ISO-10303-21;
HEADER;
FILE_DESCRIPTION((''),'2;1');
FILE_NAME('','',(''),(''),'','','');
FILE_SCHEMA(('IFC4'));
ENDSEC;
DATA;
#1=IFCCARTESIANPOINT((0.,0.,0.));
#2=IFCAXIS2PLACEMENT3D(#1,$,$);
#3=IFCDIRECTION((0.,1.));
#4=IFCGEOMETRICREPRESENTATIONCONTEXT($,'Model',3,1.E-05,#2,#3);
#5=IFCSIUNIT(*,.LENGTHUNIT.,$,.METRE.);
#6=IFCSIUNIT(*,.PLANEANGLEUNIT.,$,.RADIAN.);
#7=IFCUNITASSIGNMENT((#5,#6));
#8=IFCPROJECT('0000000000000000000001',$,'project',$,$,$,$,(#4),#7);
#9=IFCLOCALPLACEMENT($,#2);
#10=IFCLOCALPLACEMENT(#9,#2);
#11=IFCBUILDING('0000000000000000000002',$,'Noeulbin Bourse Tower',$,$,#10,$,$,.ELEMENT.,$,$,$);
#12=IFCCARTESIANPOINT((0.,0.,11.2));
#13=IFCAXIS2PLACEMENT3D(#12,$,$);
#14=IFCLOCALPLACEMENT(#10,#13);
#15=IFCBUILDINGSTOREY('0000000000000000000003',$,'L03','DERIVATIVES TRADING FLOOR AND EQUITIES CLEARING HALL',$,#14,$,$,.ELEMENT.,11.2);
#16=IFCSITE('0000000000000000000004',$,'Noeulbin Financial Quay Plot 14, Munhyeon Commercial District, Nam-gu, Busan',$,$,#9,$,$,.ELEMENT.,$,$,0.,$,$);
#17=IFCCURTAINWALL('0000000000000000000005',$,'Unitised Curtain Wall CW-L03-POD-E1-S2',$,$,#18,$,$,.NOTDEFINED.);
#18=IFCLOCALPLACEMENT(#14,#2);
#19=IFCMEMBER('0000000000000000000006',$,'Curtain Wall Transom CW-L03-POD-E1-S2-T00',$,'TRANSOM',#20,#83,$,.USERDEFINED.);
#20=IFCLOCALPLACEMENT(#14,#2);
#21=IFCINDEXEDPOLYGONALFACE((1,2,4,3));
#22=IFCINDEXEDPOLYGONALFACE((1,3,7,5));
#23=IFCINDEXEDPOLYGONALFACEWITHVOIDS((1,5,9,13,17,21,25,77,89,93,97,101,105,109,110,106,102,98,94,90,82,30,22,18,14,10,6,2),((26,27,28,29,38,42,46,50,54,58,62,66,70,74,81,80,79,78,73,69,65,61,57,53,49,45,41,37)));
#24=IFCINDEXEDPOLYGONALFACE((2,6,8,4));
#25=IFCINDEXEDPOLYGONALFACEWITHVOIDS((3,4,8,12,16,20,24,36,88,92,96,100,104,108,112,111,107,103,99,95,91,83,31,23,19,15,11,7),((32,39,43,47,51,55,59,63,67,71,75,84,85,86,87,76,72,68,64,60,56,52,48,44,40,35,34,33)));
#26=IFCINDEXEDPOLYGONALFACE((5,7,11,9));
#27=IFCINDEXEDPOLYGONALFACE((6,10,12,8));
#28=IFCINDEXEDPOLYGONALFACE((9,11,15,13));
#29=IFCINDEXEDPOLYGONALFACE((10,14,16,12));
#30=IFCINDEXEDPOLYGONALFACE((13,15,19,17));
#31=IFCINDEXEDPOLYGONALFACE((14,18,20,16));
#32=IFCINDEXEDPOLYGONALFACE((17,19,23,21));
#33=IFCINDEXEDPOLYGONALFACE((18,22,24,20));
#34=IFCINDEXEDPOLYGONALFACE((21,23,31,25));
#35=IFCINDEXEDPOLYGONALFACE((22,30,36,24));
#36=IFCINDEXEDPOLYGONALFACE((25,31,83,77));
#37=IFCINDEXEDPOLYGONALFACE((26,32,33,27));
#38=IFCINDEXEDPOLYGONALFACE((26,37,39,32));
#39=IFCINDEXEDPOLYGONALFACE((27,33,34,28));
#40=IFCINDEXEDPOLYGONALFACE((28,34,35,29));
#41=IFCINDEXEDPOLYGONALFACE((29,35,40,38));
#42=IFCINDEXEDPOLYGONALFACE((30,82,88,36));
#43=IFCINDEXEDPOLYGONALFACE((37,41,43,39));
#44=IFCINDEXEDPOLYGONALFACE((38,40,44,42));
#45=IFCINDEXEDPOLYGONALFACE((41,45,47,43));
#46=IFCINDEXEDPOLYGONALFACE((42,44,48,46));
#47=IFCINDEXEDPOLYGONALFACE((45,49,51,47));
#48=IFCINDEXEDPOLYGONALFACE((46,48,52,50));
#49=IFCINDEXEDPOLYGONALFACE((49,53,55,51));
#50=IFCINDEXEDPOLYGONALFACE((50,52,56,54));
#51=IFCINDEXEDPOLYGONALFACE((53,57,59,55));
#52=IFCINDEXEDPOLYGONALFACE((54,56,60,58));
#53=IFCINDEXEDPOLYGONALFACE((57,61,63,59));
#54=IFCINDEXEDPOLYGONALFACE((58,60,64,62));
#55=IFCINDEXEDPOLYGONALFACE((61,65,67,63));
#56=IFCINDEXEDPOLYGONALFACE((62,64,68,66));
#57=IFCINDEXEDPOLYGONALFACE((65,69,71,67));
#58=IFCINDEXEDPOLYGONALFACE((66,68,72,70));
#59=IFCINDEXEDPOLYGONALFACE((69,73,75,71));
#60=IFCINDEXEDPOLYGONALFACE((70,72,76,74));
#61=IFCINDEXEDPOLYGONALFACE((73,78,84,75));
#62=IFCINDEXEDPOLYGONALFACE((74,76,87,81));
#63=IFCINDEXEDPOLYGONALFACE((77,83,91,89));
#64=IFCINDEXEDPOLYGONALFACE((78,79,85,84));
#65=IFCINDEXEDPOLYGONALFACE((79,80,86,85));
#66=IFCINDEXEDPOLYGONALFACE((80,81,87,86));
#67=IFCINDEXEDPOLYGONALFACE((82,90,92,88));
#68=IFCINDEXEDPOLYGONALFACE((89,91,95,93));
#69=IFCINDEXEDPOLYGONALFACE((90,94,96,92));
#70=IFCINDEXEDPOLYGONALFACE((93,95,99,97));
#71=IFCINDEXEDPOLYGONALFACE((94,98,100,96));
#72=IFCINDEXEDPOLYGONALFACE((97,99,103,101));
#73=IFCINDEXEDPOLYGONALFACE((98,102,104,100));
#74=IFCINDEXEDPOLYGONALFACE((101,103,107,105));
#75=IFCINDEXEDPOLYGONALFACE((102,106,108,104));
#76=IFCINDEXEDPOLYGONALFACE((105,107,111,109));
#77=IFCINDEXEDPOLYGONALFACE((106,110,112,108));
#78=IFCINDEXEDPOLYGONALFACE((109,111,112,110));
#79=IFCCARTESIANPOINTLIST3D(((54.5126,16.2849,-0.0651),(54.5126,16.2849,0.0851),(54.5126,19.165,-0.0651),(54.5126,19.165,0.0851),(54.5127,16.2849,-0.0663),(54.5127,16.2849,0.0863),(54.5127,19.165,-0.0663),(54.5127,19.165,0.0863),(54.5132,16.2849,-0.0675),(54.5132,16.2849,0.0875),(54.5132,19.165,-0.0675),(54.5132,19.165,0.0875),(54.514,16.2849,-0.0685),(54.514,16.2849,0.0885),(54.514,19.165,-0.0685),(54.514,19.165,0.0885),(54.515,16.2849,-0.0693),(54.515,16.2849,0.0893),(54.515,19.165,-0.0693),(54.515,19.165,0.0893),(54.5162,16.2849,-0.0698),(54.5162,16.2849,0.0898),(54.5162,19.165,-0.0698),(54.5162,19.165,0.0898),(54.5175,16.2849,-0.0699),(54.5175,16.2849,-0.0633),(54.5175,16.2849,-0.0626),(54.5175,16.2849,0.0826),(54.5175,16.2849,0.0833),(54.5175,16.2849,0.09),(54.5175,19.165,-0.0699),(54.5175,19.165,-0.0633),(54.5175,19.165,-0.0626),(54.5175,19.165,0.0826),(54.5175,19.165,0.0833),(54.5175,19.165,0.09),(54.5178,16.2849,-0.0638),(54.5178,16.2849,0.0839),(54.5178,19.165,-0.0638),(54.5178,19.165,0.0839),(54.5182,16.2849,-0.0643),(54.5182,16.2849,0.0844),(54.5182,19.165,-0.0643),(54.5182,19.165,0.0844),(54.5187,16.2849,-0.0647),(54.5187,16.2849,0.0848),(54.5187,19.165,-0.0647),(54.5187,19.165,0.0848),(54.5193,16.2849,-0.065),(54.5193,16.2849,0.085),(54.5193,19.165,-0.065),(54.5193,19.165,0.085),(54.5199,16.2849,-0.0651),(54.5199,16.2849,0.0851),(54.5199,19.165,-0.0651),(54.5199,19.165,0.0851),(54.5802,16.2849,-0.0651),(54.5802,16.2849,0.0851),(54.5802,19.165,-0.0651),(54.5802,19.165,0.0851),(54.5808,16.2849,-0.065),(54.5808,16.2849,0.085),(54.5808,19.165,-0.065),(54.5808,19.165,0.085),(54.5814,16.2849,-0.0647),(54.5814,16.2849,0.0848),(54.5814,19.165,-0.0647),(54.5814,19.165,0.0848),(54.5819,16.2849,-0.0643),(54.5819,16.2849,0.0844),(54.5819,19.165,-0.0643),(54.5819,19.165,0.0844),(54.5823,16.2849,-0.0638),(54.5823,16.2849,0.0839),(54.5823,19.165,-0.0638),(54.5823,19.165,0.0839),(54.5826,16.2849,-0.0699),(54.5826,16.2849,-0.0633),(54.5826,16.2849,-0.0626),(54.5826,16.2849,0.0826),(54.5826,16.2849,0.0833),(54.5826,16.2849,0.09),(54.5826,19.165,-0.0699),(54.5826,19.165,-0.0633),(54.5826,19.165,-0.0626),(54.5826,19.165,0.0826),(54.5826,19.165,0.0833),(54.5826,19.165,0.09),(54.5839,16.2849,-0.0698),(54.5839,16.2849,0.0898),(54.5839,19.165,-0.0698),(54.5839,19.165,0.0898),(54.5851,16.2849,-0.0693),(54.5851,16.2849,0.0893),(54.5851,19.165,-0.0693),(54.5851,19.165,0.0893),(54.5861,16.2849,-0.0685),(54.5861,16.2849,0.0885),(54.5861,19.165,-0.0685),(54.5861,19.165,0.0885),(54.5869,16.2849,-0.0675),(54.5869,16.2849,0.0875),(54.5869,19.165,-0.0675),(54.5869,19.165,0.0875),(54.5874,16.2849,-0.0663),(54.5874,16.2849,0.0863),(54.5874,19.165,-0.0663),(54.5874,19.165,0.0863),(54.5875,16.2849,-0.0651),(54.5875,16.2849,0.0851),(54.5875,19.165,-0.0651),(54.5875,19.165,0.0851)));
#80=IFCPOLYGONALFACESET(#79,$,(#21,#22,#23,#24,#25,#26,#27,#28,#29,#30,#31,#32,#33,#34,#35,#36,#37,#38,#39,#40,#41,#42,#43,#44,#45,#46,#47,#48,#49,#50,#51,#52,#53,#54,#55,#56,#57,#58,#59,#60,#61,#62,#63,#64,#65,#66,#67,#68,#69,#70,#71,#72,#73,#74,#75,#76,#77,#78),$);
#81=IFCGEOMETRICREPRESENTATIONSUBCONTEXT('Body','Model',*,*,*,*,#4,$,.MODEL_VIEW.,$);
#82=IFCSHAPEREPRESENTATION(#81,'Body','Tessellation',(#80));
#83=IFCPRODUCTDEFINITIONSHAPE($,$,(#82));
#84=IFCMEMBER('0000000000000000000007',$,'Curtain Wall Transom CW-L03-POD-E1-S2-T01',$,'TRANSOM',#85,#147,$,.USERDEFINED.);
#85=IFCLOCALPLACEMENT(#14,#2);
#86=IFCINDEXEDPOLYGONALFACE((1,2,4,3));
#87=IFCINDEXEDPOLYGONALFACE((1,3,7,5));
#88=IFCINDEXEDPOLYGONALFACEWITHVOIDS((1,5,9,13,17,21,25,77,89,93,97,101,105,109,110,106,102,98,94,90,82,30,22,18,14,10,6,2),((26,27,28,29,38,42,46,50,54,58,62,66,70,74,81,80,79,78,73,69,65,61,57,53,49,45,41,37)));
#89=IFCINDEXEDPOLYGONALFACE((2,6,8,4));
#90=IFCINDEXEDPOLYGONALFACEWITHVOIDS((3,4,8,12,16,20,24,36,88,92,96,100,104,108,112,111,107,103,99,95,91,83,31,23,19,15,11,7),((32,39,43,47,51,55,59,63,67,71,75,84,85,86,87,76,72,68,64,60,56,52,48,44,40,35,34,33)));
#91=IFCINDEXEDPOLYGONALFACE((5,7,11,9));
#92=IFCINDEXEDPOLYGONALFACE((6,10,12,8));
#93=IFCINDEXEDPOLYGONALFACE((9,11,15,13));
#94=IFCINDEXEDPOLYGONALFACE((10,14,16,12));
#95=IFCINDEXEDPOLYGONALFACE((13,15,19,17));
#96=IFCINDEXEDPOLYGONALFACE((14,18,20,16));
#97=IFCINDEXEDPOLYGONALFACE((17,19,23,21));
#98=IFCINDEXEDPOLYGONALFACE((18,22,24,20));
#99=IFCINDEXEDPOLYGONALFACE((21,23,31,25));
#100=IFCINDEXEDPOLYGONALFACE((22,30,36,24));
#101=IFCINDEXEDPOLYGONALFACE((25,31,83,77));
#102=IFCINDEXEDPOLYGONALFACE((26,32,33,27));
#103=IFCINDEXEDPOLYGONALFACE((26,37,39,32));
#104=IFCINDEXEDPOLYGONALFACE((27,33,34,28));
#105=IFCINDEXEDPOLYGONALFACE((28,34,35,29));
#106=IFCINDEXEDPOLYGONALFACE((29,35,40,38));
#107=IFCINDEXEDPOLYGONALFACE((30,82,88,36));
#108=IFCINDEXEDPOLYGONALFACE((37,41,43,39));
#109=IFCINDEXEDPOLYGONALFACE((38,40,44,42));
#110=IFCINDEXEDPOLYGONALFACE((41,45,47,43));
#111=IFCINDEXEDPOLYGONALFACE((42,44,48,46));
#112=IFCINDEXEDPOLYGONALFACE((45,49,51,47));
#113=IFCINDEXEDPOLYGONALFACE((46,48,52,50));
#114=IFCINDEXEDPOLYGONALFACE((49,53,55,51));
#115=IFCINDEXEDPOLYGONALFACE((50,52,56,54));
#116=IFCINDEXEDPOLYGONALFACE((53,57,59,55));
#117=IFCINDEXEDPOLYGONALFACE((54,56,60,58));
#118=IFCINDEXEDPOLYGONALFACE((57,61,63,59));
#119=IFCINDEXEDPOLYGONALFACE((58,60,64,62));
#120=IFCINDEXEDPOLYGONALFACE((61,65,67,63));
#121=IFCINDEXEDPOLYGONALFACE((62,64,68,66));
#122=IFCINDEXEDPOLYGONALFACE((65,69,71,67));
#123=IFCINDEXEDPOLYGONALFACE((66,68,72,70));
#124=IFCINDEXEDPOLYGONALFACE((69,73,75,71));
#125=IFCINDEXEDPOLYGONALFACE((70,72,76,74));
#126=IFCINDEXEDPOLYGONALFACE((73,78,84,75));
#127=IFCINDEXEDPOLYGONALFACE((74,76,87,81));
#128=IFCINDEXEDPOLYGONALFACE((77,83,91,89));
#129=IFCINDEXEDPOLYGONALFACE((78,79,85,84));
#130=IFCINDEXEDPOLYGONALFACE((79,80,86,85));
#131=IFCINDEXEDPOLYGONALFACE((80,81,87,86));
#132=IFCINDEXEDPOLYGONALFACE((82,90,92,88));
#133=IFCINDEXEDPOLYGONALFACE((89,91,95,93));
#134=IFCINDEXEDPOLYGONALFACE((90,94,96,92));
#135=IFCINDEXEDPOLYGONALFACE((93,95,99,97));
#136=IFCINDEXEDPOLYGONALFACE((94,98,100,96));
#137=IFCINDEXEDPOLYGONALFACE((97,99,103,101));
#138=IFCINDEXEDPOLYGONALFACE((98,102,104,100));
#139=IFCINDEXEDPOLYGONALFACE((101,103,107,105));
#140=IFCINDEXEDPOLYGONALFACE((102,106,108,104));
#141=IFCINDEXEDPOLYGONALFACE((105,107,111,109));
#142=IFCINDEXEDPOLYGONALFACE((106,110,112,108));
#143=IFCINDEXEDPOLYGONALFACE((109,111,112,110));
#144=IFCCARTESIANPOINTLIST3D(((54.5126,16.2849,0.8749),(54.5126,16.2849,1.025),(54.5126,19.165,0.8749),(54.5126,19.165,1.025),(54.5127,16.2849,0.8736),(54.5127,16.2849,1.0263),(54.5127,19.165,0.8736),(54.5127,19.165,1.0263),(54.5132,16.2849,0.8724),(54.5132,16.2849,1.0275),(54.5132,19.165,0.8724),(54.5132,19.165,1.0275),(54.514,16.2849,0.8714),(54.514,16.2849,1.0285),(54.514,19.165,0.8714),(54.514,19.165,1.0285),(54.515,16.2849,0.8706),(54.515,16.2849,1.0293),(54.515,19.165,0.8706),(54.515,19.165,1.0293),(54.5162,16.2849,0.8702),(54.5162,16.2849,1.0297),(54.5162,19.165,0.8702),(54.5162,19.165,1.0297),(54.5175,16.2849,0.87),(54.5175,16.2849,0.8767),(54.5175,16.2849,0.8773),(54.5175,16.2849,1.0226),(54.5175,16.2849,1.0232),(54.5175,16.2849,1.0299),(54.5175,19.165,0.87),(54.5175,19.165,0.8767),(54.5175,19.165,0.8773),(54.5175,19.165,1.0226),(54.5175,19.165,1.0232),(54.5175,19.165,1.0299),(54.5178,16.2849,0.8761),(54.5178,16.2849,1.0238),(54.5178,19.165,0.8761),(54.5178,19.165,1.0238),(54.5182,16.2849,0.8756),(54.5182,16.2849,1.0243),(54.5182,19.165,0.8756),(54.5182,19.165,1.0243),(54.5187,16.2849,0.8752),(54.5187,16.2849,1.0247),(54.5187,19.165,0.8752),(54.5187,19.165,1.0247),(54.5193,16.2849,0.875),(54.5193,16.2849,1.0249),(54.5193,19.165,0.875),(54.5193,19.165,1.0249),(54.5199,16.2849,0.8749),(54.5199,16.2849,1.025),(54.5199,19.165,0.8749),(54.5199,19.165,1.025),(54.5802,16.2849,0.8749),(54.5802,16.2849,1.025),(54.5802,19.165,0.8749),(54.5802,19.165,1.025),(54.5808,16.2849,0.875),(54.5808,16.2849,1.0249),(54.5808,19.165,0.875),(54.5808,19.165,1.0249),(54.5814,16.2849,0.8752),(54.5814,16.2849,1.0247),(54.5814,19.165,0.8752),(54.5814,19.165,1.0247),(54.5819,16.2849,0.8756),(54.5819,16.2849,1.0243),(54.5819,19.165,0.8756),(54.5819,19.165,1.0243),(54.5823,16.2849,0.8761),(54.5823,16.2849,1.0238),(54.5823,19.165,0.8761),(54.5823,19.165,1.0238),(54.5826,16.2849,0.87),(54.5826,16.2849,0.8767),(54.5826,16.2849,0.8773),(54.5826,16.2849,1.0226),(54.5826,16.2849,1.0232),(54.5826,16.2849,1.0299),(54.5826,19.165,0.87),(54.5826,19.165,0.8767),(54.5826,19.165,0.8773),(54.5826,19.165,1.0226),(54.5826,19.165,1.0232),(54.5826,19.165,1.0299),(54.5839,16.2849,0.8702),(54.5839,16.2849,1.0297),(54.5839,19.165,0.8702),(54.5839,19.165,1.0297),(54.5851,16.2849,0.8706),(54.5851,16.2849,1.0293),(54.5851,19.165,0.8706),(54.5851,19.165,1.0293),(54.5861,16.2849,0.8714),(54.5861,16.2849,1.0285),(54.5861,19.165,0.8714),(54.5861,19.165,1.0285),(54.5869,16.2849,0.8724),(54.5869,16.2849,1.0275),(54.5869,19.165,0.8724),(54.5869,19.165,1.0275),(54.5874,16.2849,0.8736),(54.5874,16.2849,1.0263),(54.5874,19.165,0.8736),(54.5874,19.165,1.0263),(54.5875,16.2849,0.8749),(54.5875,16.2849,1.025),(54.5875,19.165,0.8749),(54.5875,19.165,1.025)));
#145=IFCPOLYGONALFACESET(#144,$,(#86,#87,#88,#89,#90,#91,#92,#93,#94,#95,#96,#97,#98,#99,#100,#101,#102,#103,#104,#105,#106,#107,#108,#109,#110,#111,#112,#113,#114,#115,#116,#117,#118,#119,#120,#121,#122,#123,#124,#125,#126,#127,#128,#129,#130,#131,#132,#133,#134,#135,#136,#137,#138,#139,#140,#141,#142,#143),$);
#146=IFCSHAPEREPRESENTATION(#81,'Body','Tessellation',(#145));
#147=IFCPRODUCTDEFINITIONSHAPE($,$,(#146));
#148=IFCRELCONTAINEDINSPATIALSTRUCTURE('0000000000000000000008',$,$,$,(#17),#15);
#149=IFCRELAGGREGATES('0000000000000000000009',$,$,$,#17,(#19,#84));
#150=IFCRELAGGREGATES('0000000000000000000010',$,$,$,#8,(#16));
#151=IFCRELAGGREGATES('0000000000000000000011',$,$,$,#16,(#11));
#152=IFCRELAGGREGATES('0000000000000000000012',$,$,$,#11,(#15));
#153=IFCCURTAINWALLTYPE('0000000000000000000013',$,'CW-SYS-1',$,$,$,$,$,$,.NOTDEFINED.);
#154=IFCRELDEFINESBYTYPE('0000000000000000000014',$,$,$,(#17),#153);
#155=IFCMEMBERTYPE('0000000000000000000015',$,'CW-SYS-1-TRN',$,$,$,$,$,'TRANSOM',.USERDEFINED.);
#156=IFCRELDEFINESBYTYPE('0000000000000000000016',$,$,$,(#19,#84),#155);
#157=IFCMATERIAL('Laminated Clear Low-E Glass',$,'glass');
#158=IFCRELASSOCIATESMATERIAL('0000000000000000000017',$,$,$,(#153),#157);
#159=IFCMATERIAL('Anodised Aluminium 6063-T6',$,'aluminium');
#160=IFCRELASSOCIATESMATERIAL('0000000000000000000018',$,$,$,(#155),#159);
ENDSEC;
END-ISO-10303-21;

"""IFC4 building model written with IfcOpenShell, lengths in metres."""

from ifc_helpers import new_model, si_unit, direction, frame, origin, origin_2d, place, context, subcontext, project, spatial, hollow_rectangle, extrude, material, material_profile, profile_set, type_object, element, aggregate, save


model = new_model("IFC4")

# Units and contexts
model_context = context("Model", 3, precision=1e-05, world=origin(), true_north=direction((0.0, 1.0)))
body_context = subcontext(model_context, "Body", "Model", "MODEL_VIEW")
ifc_project = project(units=[si_unit("LENGTHUNIT", "METRE"), si_unit("PLANEANGLEUNIT", "RADIAN")], contexts=[model_context])

# Site, building, storey
site_placement = place(None, origin())
site = spatial("IfcSite", under=ifc_project, at=site_placement, Name="Noeulbin Financial Quay Plot 14, Munhyeon Commercial District, Nam-gu, Busan", CompositionType="ELEMENT", RefElevation=0.0)
building_placement = place(site_placement, origin())
building = spatial("IfcBuilding", under=site, at=building_placement, Name="Noeulbin Bourse Tower", CompositionType="ELEMENT")
storey_placement = place(building_placement, frame((0.0, 0.0, 11.2)))
storey = spatial("IfcBuildingStorey", under=building, at=storey_placement, Name="L03", Description="DERIVATIVES TRADING FLOOR AND EQUITIES CLEARING HALL", CompositionType="ELEMENT", Elevation=11.2)

# Curtain wall, members
ifc_material_1 = material(Name="Laminated Clear Low-E Glass", Category="glass")
curtain_wall_type_1 = type_object("IfcCurtainWallType", Name="CW-SYS-1", PredefinedType="NOTDEFINED", material=ifc_material_1)
curtain_wall_1_placement = place(storey_placement, origin())
curtain_wall_1 = element("IfcCurtainWall", 1, at=curtain_wall_1_placement, inside=storey, type_object=curtain_wall_type_1, Name="Unitised Curtain Wall CW-L03-POD-E1-S2", PredefinedType="NOTDEFINED")
ifc_material_2 = material(Name="Anodised Aluminium 6063-T6", Category="aluminium")
ifc_material_profile_1 = material_profile(ifc_material_2, hollow_rectangle(XDim=0.075, YDim=0.1599, WallThickness=0.0049, InnerFilletRadius=0.0024, OuterFilletRadius=0.0049, at=origin_2d()), Name="ALU-TRAN-75x160x5", Category="LoadBearing")
ifc_profile_set_1 = profile_set([ifc_material_profile_1], Name="Anodised Aluminium 6063-T6")
member_type_1 = type_object("IfcMemberType", Name="CW-SYS-1-TRN", ElementType="TRANSOM", PredefinedType="USERDEFINED", material=ifc_profile_set_1)
member_1_placement = place(storey_placement, frame((54.55, 16.2849, 0.01), z_axis=(0.0, 1.0, 0.0), x_axis=(-1.0, 0.0, 0.0)))
member_1 = element("IfcMember", 2, at=member_1_placement, type_object=member_type_1, Name="Curtain Wall Transom CW-L03-POD-E1-S2-T00", ObjectType="TRANSOM", PredefinedType="USERDEFINED", context=body_context, shape_type="SweptSolid", body=[
    extrude(hollow_rectangle(XDim=0.075, YDim=0.1599, WallThickness=0.0049, InnerFilletRadius=0.0024, OuterFilletRadius=0.0049, at=origin_2d()), origin(), (0.0, 0.0, 1.0), 2.8801),
])
member_2_placement = place(storey_placement, frame((54.55, 16.2849, 0.95), z_axis=(0.0, 1.0, 0.0), x_axis=(-1.0, 0.0, 0.0)))
member_2 = element("IfcMember", 3, at=member_2_placement, type_object=member_type_1, Name="Curtain Wall Transom CW-L03-POD-E1-S2-T01", ObjectType="TRANSOM", PredefinedType="USERDEFINED", context=body_context, shape_type="SweptSolid", body=[
    extrude(hollow_rectangle(XDim=0.075, YDim=0.1599, WallThickness=0.0049, InnerFilletRadius=0.0024, OuterFilletRadius=0.0049, at=origin_2d()), origin(), (0.0, 0.0, 1.0), 2.8801),
])

aggregate(curtain_wall_1, [member_1, member_2])

save(model, "model.ifc")
